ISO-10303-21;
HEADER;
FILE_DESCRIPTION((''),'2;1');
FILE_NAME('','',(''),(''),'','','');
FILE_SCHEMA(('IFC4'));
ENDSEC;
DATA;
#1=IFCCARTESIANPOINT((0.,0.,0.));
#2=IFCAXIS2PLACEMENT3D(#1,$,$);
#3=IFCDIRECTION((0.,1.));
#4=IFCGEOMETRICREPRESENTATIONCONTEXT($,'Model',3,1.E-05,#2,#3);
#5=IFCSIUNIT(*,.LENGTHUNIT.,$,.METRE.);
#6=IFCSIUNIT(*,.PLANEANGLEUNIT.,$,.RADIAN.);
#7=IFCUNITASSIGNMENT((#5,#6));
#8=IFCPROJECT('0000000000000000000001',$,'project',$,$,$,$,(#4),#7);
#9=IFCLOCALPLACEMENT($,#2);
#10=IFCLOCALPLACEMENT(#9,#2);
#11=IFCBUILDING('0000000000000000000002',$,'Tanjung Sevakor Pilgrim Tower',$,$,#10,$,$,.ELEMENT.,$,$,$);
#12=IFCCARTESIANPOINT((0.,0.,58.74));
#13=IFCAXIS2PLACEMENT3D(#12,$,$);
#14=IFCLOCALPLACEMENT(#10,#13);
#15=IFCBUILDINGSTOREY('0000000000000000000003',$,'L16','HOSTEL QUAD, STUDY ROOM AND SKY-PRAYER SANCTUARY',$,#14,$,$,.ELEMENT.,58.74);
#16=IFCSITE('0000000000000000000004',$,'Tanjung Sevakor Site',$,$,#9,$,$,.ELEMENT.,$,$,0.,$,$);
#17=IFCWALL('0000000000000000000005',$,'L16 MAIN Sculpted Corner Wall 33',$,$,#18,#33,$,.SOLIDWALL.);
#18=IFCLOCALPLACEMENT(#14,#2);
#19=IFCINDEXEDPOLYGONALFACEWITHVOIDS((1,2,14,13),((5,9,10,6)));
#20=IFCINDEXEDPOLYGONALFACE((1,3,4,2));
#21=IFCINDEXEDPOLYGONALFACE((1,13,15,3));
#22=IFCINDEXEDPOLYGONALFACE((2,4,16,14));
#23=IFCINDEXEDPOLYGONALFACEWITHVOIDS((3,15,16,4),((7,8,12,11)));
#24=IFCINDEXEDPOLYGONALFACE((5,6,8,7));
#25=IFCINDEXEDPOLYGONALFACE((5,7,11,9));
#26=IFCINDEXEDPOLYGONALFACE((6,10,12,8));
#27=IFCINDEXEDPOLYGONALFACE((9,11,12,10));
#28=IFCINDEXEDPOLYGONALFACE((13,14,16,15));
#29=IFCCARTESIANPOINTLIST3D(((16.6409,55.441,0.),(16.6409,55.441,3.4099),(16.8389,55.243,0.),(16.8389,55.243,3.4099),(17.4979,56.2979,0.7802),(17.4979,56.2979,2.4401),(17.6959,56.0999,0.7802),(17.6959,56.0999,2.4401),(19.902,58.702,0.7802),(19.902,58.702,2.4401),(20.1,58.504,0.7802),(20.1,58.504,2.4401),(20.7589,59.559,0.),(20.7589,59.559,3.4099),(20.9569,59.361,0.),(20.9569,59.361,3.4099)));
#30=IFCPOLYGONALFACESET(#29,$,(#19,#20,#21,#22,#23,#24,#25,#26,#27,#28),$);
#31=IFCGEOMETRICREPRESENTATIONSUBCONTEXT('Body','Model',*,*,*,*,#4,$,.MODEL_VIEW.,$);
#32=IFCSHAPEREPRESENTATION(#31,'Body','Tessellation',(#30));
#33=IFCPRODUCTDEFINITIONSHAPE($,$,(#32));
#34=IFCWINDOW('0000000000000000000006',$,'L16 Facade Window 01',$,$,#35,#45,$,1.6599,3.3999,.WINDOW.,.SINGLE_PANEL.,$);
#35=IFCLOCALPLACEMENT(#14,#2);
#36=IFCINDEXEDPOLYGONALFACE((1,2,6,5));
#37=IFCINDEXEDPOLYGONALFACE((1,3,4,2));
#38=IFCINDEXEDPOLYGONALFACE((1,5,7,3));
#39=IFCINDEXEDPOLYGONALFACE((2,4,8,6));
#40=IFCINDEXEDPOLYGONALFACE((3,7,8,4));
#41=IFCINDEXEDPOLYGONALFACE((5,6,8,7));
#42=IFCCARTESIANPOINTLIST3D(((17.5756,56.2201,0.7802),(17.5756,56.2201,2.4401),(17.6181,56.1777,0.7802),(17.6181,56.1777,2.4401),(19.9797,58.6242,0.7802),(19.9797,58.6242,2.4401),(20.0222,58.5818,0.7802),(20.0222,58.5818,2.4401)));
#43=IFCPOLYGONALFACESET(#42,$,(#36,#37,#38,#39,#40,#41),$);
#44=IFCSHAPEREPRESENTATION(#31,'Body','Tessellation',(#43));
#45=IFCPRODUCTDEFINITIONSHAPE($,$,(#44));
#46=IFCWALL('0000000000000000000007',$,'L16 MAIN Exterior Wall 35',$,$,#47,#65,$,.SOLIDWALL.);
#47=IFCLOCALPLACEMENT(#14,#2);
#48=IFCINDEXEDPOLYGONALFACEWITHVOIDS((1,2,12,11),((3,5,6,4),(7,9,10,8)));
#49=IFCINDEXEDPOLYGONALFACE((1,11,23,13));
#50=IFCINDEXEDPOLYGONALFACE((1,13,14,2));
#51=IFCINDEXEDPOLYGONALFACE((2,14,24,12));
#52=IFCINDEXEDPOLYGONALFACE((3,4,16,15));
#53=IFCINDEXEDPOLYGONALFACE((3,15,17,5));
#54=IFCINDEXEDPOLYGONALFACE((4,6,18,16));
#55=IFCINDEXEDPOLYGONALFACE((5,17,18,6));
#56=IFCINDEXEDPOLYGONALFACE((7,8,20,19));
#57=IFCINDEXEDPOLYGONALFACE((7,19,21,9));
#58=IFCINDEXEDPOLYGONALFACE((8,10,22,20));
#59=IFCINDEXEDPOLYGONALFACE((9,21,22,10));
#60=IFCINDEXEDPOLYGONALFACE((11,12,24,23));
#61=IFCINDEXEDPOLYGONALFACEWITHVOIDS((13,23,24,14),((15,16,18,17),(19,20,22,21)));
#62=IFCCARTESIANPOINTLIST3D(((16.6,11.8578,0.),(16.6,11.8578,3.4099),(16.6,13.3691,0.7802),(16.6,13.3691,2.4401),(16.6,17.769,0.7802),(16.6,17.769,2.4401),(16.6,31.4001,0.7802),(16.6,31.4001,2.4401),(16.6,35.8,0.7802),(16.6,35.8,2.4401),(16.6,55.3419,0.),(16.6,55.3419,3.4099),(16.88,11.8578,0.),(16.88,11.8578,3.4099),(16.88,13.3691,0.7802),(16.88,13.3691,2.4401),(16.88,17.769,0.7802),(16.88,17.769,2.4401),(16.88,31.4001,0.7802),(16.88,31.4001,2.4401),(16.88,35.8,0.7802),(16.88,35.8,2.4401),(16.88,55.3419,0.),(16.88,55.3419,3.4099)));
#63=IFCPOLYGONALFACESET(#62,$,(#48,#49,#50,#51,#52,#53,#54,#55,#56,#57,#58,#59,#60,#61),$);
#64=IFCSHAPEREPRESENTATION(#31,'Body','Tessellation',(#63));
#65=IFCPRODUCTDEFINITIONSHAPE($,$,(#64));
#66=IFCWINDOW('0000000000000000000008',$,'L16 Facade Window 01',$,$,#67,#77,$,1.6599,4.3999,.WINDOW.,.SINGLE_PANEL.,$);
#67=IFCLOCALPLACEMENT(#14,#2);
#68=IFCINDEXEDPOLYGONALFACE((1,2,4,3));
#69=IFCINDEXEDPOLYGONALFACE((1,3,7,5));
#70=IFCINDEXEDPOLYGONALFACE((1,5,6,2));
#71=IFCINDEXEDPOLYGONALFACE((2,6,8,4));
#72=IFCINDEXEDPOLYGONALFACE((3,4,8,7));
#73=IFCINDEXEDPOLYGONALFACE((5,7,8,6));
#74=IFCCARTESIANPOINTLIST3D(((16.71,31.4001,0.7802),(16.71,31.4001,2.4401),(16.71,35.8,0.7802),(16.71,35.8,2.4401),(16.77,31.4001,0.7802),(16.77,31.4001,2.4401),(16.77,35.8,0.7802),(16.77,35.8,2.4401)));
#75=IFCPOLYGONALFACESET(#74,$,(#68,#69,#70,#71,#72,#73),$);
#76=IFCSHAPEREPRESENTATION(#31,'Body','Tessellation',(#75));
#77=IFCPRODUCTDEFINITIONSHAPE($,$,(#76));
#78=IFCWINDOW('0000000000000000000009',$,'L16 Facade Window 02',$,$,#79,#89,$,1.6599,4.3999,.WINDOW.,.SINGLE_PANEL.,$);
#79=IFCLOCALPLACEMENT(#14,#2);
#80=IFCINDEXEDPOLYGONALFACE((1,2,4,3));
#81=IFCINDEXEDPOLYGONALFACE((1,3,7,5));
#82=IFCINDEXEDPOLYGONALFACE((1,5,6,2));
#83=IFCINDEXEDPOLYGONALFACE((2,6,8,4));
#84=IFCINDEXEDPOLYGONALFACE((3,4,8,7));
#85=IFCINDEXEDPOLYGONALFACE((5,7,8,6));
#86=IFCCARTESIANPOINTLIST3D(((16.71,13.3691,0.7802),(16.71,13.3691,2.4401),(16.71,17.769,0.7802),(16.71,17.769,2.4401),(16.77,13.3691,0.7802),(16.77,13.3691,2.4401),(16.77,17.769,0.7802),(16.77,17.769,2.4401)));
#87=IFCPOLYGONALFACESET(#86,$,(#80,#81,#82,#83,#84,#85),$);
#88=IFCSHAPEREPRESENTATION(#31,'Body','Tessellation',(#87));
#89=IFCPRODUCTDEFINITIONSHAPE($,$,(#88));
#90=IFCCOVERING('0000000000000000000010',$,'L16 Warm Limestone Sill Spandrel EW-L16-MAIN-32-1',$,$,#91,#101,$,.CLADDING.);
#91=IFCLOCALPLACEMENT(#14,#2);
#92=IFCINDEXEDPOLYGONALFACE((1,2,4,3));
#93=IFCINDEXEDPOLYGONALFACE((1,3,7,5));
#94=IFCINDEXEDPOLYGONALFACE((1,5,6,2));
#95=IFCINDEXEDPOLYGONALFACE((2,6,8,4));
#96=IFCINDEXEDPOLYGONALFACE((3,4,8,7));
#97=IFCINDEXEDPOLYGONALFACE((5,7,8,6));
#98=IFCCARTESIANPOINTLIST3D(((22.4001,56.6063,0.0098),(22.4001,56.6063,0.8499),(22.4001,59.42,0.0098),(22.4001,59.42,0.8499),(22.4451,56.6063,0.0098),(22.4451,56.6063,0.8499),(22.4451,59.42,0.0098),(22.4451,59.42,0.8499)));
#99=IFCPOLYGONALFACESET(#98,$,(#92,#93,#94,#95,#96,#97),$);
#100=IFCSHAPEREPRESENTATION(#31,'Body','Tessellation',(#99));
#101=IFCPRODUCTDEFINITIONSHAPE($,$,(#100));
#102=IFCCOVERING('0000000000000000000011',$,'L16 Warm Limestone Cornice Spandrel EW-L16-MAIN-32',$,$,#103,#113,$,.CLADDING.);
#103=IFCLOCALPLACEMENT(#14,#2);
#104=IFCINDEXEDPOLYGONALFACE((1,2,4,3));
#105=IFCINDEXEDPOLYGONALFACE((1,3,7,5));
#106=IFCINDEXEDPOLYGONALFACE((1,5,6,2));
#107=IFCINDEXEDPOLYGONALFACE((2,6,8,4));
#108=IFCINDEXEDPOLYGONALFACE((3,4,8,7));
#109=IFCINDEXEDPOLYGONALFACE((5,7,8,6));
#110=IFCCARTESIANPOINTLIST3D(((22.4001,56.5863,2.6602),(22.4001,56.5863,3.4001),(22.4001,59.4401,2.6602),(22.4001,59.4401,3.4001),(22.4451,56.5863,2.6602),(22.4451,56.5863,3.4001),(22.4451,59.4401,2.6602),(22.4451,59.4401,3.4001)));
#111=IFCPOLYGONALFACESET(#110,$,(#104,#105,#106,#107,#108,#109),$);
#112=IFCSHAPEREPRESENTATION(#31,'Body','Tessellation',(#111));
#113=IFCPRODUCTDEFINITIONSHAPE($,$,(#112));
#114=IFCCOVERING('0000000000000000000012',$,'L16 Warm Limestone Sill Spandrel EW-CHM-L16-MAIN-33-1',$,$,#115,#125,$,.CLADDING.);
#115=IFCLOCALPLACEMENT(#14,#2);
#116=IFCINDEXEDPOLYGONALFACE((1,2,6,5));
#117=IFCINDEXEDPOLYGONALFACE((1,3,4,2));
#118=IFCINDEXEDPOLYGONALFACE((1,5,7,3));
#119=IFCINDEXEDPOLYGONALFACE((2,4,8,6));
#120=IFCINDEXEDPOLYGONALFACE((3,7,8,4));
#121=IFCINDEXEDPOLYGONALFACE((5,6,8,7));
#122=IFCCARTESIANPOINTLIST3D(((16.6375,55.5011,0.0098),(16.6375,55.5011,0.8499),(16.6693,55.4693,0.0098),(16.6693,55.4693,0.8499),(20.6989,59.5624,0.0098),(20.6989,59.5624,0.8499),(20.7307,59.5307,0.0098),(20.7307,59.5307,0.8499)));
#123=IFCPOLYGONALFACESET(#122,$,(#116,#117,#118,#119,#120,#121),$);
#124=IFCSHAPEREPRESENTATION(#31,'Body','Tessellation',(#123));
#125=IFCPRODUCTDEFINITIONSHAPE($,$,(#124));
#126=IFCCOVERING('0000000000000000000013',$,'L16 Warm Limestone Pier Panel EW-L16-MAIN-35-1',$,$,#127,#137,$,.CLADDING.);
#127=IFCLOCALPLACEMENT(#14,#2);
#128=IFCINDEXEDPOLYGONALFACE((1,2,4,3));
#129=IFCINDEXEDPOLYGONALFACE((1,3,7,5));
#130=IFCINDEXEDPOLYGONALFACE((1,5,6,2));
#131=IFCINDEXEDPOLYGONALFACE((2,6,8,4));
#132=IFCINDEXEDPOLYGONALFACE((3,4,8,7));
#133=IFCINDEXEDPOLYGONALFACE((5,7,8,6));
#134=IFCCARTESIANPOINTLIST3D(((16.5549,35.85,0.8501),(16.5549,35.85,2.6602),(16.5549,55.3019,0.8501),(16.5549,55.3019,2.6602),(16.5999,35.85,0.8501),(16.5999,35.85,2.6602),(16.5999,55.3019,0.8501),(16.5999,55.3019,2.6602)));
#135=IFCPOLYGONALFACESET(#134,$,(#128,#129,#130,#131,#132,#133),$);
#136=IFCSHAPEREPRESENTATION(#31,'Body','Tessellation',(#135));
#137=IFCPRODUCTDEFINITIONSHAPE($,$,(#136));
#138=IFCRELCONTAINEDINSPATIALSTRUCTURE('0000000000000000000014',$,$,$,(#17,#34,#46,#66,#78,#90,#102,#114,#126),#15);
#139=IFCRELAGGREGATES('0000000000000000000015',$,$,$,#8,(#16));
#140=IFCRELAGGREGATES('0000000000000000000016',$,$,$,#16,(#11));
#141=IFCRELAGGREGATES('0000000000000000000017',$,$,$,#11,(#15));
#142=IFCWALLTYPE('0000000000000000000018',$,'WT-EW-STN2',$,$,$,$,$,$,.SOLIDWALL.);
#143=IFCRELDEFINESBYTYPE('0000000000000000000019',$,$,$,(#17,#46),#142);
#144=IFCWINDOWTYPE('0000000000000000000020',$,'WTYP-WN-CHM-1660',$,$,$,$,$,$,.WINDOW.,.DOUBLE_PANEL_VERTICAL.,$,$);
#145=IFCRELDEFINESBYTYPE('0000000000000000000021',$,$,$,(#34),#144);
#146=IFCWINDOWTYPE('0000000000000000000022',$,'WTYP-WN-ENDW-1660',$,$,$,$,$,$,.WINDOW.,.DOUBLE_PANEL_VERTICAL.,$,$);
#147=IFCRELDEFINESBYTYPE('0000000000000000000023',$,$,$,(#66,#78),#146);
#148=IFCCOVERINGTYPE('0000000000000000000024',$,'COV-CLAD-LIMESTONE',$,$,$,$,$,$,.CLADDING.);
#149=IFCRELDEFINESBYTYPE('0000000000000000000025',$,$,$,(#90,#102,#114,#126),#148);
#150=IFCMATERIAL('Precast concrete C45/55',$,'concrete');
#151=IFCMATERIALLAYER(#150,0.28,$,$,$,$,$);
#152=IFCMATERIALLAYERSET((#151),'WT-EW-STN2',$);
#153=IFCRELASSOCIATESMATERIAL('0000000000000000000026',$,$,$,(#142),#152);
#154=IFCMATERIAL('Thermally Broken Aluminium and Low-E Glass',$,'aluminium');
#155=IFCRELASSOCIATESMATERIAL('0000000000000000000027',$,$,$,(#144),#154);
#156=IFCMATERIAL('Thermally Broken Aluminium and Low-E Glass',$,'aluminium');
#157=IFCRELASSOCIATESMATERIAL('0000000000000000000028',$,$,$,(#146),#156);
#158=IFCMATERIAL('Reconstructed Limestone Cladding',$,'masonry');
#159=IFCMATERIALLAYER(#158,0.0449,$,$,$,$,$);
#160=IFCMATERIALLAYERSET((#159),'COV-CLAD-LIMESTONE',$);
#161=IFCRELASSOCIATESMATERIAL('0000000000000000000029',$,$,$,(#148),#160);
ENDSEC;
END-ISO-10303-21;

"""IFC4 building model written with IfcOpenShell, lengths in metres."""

from ifc_helpers import new_model, si_unit, direction, frame, frame_2d, origin, origin_2d, place, context, subcontext, project, spatial, rectangle, extrude, material, layer, layer_set, type_object, element, fill, save


model = new_model("IFC4")

# Units and contexts
model_context = context("Model", 3, precision=1e-05, world=origin(), true_north=direction((0.0, 1.0)))
body_context = subcontext(model_context, "Body", "Model", "MODEL_VIEW")
ifc_project = project(units=[si_unit("LENGTHUNIT", "METRE"), si_unit("PLANEANGLEUNIT", "RADIAN")], contexts=[model_context])

# Site, building, storey
site_placement = place(None, origin())
site = spatial("IfcSite", under=ifc_project, at=site_placement, Name="Tanjung Sevakor Site", CompositionType="ELEMENT", RefElevation=0.0)
building_placement = place(site_placement, origin())
building = spatial("IfcBuilding", under=site, at=building_placement, Name="Tanjung Sevakor Pilgrim Tower", CompositionType="ELEMENT")
storey_placement = place(building_placement, frame((0.0, 0.0, 58.74)))
storey = spatial("IfcBuildingStorey", under=building, at=storey_placement, Name="L16", Description="HOSTEL QUAD, STUDY ROOM AND SKY-PRAYER SANCTUARY", CompositionType="ELEMENT", Elevation=58.74)

# Wall, opening, window
ifc_material_1 = material(Name="Precast concrete C45/55", Category="concrete")
ifc_layer_1 = layer(ifc_material_1, 0.28)
ifc_layer_set_1 = layer_set([ifc_layer_1], Name="WT-EW-STN2")
wall_type = type_object("IfcWallType", Name="WT-EW-STN2", PredefinedType="SOLIDWALL", material=ifc_layer_set_1)
wall_1_placement = place(storey_placement, frame((20.8579, 59.46, 0.0), z_axis=(0.0, 0.0, 1.0), x_axis=(-0.707107, -0.707107, 0.0)))
wall_1 = element("IfcWall", 1, at=wall_1_placement, inside=storey, type_object=wall_type, Name="L16 MAIN Sculpted Corner Wall 33", PredefinedType="SOLIDWALL", context=body_context, shape_type="SweptSolid", body=[
    extrude(rectangle(XDim=5.8237, YDim=0.28, at=frame_2d((2.9119, 0.0))), origin(), (0.0, 0.0, 1.0), 3.4099),
])
opening_1_placement = place(wall_1_placement, frame((1.2119, 0.0, 0.78)))
opening_1 = element("IfcOpeningElement", 2, at=opening_1_placement, cuts=wall_1, PredefinedType="OPENING", context=body_context, shape_type="SweptSolid", body=[
    extrude(rectangle(XDim=3.3999, YDim=1.6599, at=frame_2d((1.7, 0.8301))), frame((0.0, 0.1499, 0.0), z_axis=(0.0, -1.0, 0.0), x_axis=(1.0, 0.0, 0.0)), (0.0, 0.0, 1.0), 0.3),
])
ifc_material_2 = material(Name="Thermally Broken Aluminium and Low-E Glass", Category="aluminium")
window_type_1 = type_object("IfcWindowType", Name="WTYP-WN-CHM-1660", PartitioningType="DOUBLE_PANEL_VERTICAL", PredefinedType="WINDOW", material=ifc_material_2)
window_1_placement = place(opening_1_placement, origin())
window_1 = element("IfcWindow", 3, at=window_1_placement, inside=storey, type_object=window_type_1, Name="L16 Facade Window 01", OverallHeight=1.6599, OverallWidth=3.3999, PartitioningType="SINGLE_PANEL", PredefinedType="WINDOW", context=body_context, shape_type="SweptSolid", body=[
    extrude(rectangle(XDim=3.3999, YDim=1.6599, at=frame_2d((1.7, 0.8301))), frame((0.0, 0.03, 0.0), z_axis=(0.0, -1.0, 0.0), x_axis=(1.0, 0.0, 0.0)), (0.0, 0.0, 1.0), 0.0601),
])
fill(opening_1, window_1)

# Wall, openings, windows
wall_2_placement = place(storey_placement, frame((16.74, 55.342, 0.0), z_axis=(0.0, 0.0, 1.0), x_axis=(0.0, -1.0, 0.0)))
wall_2 = element("IfcWall", 4, at=wall_2_placement, inside=storey, type_object=wall_type, Name="L16 MAIN Exterior Wall 35", PredefinedType="SOLIDWALL", context=body_context, shape_type="SweptSolid", body=[
    extrude(rectangle(XDim=43.4841, YDim=0.28, at=frame_2d((21.7422, 0.0))), origin(), (0.0, 0.0, 1.0), 3.4099),
])
opening_2_placement = place(wall_2_placement, frame((19.542, 0.0, 0.78)))
opening_2 = element("IfcOpeningElement", 5, at=opening_2_placement, cuts=wall_2, PredefinedType="OPENING", context=body_context, shape_type="SweptSolid", body=[
    extrude(rectangle(XDim=4.3999, YDim=1.6599, at=frame_2d((2.2, 0.8301))), frame((0.0, 0.1499, 0.0), z_axis=(0.0, -1.0, 0.0), x_axis=(1.0, 0.0, 0.0)), (0.0, 0.0, 1.0), 0.3),
])
opening_3_placement = place(wall_2_placement, frame((37.573, 0.0, 0.78)))
opening_3 = element("IfcOpeningElement", 6, at=opening_3_placement, cuts=wall_2, PredefinedType="OPENING", context=body_context, shape_type="SweptSolid", body=[
    extrude(rectangle(XDim=4.3999, YDim=1.6599, at=frame_2d((2.2, 0.8301))), frame((0.0, 0.1499, 0.0), z_axis=(0.0, -1.0, 0.0), x_axis=(1.0, 0.0, 0.0)), (0.0, 0.0, 1.0), 0.3),
])
ifc_material_3 = material(Name="Thermally Broken Aluminium and Low-E Glass", Category="aluminium")
window_type_2 = type_object("IfcWindowType", Name="WTYP-WN-ENDW-1660", PartitioningType="DOUBLE_PANEL_VERTICAL", PredefinedType="WINDOW", material=ifc_material_3)
window_2_placement = place(opening_2_placement, origin())
window_2 = element("IfcWindow", 7, at=window_2_placement, inside=storey, type_object=window_type_2, Name="L16 Facade Window 01", OverallHeight=1.6599, OverallWidth=4.3999, PartitioningType="SINGLE_PANEL", PredefinedType="WINDOW", context=body_context, shape_type="SweptSolid", body=[
    extrude(rectangle(XDim=4.3999, YDim=1.6599, at=frame_2d((2.2, 0.8301))), frame((0.0, 0.03, 0.0), z_axis=(0.0, -1.0, 0.0), x_axis=(1.0, 0.0, 0.0)), (0.0, 0.0, 1.0), 0.0601),
])
fill(opening_2, window_2)
window_3_placement = place(opening_3_placement, origin())
window_3 = element("IfcWindow", 8, at=window_3_placement, inside=storey, type_object=window_type_2, Name="L16 Facade Window 02", OverallHeight=1.6599, OverallWidth=4.3999, PartitioningType="SINGLE_PANEL", PredefinedType="WINDOW", context=body_context, shape_type="SweptSolid", body=[
    extrude(rectangle(XDim=4.3999, YDim=1.6599, at=frame_2d((2.2, 0.8301))), frame((0.0, 0.03, 0.0), z_axis=(0.0, -1.0, 0.0), x_axis=(1.0, 0.0, 0.0)), (0.0, 0.0, 1.0), 0.0601),
])
fill(opening_3, window_3)

# Coverings
ifc_material_4 = material(Name="Reconstructed Limestone Cladding", Category="masonry")
ifc_layer_2 = layer(ifc_material_4, 0.0449)
ifc_layer_set_2 = layer_set([ifc_layer_2], Name="COV-CLAD-LIMESTONE")
covering_type = type_object("IfcCoveringType", Name="COV-CLAD-LIMESTONE", PredefinedType="CLADDING", material=ifc_layer_set_2)
covering_1_placement = place(storey_placement, frame((22.4226, 58.0132, 0.0098), z_axis=(0.0, 0.0, 1.0), x_axis=(0.0, 1.0, 0.0)))
element("IfcCovering", 9, at=covering_1_placement, inside=storey, type_object=covering_type, Name="L16 Warm Limestone Sill Spandrel EW-L16-MAIN-32-1", PredefinedType="CLADDING", context=body_context, shape_type="SweptSolid", body=[
    extrude(rectangle(XDim=2.8137, YDim=0.0449, at=origin_2d()), origin(), (0.0, 0.0, 1.0), 0.8401),
])
covering_2_placement = place(storey_placement, frame((22.4226, 58.0132, 2.6602), z_axis=(0.0, 0.0, 1.0), x_axis=(0.0, 1.0, 0.0)))
element("IfcCovering", 10, at=covering_2_placement, inside=storey, type_object=covering_type, Name="L16 Warm Limestone Cornice Spandrel EW-L16-MAIN-32", PredefinedType="CLADDING", context=body_context, shape_type="SweptSolid", body=[
    extrude(rectangle(XDim=2.8538, YDim=0.0449, at=origin_2d()), origin(), (0.0, 0.0, 1.0), 0.74),
])
covering_3_placement = place(storey_placement, frame((18.6841, 57.5159, 0.0098), z_axis=(0.0, 0.0, 1.0), x_axis=(-0.707107, -0.707107, 0.0)))
element("IfcCovering", 11, at=covering_3_placement, inside=storey, type_object=covering_type, Name="L16 Warm Limestone Sill Spandrel EW-CHM-L16-MAIN-33-1", PredefinedType="CLADDING", context=body_context, shape_type="SweptSolid", body=[
    extrude(rectangle(XDim=5.7437, YDim=0.0449, at=origin_2d()), origin(), (0.0, 0.0, 1.0), 0.8401),
])
covering_4_placement = place(storey_placement, frame((16.5774, 45.5759, 0.8501), z_axis=(0.0, 0.0, 1.0), x_axis=(0.0, -1.0, 0.0)))
element("IfcCovering", 12, at=covering_4_placement, inside=storey, type_object=covering_type, Name="L16 Warm Limestone Pier Panel EW-L16-MAIN-35-1", PredefinedType="CLADDING", context=body_context, shape_type="SweptSolid", body=[
    extrude(rectangle(XDim=19.4519, YDim=0.0449, at=origin_2d()), origin(), (0.0, 0.0, 1.0), 1.8101),
])

save(model, "model.ifc")
